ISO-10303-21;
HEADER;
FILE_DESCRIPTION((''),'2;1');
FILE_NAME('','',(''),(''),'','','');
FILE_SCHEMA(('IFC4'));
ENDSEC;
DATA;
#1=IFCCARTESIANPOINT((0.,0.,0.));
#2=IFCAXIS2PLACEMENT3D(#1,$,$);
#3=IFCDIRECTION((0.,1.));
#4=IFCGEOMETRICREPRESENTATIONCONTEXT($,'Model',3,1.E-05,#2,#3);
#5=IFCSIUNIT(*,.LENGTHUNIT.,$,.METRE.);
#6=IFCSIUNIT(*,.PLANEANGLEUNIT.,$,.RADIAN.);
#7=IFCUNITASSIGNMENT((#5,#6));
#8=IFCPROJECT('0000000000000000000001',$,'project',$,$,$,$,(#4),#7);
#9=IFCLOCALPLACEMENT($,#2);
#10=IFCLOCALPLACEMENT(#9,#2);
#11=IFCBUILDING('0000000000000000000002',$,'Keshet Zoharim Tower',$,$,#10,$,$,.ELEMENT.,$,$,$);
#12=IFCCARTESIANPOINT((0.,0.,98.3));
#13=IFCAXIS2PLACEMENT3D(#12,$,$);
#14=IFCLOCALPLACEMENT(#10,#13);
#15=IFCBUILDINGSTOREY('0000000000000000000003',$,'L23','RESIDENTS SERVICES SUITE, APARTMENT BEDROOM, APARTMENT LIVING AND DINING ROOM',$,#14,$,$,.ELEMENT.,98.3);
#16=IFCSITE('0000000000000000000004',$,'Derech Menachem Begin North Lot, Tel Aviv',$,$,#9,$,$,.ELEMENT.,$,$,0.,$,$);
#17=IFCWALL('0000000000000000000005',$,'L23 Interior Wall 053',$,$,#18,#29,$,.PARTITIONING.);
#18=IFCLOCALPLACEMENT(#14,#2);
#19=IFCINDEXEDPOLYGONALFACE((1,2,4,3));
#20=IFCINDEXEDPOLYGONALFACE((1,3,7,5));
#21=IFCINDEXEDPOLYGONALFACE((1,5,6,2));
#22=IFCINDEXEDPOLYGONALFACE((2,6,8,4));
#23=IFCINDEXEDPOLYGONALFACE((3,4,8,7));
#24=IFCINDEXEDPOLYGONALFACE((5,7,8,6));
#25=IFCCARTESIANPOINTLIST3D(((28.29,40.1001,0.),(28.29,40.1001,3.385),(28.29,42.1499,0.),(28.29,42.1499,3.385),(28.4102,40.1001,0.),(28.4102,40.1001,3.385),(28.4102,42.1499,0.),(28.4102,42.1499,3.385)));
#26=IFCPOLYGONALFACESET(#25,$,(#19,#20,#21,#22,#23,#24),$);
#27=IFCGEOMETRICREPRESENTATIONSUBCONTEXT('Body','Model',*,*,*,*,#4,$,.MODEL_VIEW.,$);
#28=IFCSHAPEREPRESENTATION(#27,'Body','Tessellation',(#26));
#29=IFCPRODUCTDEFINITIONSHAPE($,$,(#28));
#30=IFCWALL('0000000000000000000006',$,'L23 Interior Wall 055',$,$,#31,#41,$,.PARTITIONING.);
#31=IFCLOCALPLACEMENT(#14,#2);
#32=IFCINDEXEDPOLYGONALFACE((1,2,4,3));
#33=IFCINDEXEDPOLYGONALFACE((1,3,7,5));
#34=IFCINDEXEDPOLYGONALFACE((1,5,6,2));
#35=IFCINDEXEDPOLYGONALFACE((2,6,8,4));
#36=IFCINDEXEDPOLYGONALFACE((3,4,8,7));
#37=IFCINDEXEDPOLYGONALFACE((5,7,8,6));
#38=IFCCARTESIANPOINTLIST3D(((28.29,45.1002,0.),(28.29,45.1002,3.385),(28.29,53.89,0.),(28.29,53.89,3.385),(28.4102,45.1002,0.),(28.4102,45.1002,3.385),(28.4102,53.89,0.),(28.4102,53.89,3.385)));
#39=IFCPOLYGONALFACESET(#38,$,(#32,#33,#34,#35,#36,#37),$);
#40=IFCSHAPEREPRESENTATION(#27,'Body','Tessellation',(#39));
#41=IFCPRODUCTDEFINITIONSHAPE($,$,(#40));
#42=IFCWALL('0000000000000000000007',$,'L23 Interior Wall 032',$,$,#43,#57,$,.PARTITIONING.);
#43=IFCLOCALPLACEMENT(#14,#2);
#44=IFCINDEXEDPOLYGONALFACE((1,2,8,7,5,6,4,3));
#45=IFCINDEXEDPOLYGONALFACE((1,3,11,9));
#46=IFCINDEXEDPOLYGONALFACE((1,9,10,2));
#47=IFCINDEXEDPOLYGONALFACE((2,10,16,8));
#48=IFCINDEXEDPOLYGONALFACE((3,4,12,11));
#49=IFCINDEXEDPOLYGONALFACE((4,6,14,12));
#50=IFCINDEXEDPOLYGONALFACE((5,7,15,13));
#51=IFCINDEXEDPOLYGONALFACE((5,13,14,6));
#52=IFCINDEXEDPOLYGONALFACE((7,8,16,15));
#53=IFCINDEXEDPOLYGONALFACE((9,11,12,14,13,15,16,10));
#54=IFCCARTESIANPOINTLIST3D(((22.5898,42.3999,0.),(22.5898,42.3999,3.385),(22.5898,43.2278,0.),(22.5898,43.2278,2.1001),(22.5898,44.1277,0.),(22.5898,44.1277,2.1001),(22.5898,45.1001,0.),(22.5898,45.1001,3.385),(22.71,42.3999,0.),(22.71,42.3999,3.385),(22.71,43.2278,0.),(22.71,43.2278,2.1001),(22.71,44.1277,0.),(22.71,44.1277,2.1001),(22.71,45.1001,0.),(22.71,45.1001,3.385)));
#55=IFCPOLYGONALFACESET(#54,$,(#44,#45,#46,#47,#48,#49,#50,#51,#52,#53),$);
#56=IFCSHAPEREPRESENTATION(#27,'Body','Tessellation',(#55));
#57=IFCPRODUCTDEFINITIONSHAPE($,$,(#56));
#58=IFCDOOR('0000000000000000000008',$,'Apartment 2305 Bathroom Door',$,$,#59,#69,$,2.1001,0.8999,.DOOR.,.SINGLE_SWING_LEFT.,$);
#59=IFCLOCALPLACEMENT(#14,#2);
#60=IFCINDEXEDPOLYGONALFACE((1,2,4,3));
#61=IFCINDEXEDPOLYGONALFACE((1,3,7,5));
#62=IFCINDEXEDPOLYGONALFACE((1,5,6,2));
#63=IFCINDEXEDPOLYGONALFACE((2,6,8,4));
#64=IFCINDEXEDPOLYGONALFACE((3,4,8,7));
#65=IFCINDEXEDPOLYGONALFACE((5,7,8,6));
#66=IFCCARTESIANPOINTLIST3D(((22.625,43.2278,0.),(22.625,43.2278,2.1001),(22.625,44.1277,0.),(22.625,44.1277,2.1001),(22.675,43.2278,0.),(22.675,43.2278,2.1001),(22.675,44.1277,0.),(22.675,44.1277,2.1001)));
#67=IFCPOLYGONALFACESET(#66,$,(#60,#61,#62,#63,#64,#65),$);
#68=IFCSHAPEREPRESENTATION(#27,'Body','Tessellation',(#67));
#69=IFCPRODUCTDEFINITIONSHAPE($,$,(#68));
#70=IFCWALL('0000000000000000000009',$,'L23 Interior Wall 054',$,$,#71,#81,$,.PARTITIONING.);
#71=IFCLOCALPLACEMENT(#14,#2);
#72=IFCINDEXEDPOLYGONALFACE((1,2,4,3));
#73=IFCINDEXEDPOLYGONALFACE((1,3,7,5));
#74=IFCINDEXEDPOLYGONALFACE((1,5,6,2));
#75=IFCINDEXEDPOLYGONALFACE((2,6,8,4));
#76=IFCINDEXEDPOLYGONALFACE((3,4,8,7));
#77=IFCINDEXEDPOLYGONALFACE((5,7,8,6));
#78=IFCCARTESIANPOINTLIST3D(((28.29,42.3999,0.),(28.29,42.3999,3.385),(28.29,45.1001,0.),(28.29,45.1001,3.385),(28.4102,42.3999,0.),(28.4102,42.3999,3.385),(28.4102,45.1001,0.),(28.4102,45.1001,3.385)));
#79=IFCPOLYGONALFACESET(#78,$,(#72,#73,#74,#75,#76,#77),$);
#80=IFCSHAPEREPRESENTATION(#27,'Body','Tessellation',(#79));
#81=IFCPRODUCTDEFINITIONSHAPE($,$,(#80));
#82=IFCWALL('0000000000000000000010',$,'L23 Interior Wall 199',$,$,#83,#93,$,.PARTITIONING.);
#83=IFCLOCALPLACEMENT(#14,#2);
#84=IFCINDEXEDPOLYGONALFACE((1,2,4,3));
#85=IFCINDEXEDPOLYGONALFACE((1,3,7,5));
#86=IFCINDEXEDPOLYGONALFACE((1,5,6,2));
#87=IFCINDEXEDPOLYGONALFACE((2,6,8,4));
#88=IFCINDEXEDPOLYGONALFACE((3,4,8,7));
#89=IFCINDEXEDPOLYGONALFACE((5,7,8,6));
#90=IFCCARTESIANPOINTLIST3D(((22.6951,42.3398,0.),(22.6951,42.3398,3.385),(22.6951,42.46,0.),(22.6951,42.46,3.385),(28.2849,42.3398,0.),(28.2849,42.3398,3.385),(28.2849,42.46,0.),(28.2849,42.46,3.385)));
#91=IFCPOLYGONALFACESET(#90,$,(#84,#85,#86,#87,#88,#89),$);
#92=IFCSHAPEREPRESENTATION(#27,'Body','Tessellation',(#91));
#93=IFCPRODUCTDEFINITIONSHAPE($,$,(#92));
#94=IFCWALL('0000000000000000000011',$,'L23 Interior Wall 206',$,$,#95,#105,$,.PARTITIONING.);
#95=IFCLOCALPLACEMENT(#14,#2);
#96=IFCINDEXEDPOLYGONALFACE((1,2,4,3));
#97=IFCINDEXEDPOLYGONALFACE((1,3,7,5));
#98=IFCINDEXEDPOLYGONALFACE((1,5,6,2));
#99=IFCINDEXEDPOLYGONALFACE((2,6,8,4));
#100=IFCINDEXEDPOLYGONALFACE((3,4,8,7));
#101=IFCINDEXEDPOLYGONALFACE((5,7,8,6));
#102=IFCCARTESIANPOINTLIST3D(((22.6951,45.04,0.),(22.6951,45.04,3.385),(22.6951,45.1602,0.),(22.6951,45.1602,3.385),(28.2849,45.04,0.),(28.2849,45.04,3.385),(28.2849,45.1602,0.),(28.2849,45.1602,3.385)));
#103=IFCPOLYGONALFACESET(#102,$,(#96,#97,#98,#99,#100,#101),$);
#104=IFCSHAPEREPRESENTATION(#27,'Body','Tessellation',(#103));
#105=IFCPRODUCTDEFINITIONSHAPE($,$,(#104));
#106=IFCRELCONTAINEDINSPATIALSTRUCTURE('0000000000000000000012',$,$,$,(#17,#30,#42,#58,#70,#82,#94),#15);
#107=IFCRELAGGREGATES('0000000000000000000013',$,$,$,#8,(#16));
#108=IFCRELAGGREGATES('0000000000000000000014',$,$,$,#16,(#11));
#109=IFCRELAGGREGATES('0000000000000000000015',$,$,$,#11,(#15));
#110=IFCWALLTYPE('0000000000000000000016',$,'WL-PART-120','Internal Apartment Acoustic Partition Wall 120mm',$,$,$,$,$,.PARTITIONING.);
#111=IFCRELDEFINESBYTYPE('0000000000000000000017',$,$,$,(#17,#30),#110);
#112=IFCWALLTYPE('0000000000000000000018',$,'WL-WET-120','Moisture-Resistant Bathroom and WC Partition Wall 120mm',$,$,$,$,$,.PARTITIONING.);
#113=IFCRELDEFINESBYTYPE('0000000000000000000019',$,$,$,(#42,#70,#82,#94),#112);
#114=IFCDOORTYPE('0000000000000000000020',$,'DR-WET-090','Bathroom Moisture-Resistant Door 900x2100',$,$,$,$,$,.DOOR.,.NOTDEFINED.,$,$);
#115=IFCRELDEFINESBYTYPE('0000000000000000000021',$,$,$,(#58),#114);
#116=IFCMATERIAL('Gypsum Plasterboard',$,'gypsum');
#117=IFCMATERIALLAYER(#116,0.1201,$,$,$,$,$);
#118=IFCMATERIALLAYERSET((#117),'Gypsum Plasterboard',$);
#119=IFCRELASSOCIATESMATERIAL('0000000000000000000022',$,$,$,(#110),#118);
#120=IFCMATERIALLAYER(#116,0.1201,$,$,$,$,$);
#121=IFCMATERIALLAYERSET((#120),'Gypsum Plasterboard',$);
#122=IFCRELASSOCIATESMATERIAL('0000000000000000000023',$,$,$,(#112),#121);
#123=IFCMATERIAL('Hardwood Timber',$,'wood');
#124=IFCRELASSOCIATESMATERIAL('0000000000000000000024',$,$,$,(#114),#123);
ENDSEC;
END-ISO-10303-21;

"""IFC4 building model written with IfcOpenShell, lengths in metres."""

from ifc_helpers import new_model, si_unit, direction, frame, frame_2d, origin, place, context, subcontext, project, spatial, rectangle, extrude, material, layer, layer_set, type_object, element, fill, save


model = new_model("IFC4")

# Units and contexts
model_context = context("Model", 3, precision=1e-05, world=origin(), true_north=direction((0.0, 1.0)))
body_context = subcontext(model_context, "Body", "Model", "MODEL_VIEW")
ifc_project = project(units=[si_unit("LENGTHUNIT", "METRE"), si_unit("PLANEANGLEUNIT", "RADIAN")], contexts=[model_context])

# Site, building, storey
site_placement = place(None, origin())
site = spatial("IfcSite", under=ifc_project, at=site_placement, Name="Derech Menachem Begin North Lot, Tel Aviv", CompositionType="ELEMENT", RefElevation=0.0)
building_placement = place(site_placement, origin())
building = spatial("IfcBuilding", under=site, at=building_placement, Name="Keshet Zoharim Tower", CompositionType="ELEMENT")
storey_placement = place(building_placement, frame((0.0, 0.0, 98.3)))
storey = spatial("IfcBuildingStorey", under=building, at=storey_placement, Name="L23", Description="RESIDENTS SERVICES SUITE, APARTMENT BEDROOM, APARTMENT LIVING AND DINING ROOM", CompositionType="ELEMENT", Elevation=98.3)

# Shared definitions
ifc_material_1 = material(Name="Gypsum Plasterboard", Category="gypsum")
ifc_material_2 = material(Name="Hardwood Timber", Category="wood")

# Shared definitions
ifc_layer_1 = layer(ifc_material_1, 0.1201)
ifc_layer_set_1 = layer_set([ifc_layer_1], Name="Gypsum Plasterboard")
wall_type_1 = type_object("IfcWallType", Name="WL-PART-120", Description="Internal Apartment Acoustic Partition Wall 120mm", PredefinedType="PARTITIONING", material=ifc_layer_set_1)

# Walls
wall_1_placement = place(storey_placement, frame((28.3501, 40.1001, 0.0), z_axis=(0.0, 0.0, 1.0), x_axis=(0.0, 1.0, 0.0)))
element("IfcWall", 1, at=wall_1_placement, inside=storey, type_object=wall_type_1, Name="L23 Interior Wall 053", PredefinedType="PARTITIONING", context=body_context, shape_type="SweptSolid", body=[
    extrude(rectangle(XDim=2.0498, YDim=0.1201, at=frame_2d((1.0249, 0.0))), origin(), (0.0, 0.0, 1.0), 3.385),
])
wall_2_placement = place(storey_placement, frame((28.3501, 45.1001, 0.0), z_axis=(0.0, 0.0, 1.0), x_axis=(0.0, 1.0, 0.0)))
element("IfcWall", 2, at=wall_2_placement, inside=storey, type_object=wall_type_1, Name="L23 Interior Wall 055", PredefinedType="PARTITIONING", context=body_context, shape_type="SweptSolid", body=[
    extrude(rectangle(XDim=8.7898, YDim=0.1201, at=frame_2d((4.395, 0.0))), origin(), (0.0, 0.0, 1.0), 3.385),
])

# Wall, opening, door
ifc_layer_2 = layer(ifc_material_1, 0.1201)
ifc_layer_set_2 = layer_set([ifc_layer_2], Name="Gypsum Plasterboard")
wall_type_2 = type_object("IfcWallType", Name="WL-WET-120", Description="Moisture-Resistant Bathroom and WC Partition Wall 120mm", PredefinedType="PARTITIONING", material=ifc_layer_set_2)
wall_3_placement = place(storey_placement, frame((22.6499, 42.3999, 0.0), z_axis=(0.0, 0.0, 1.0), x_axis=(0.0, 1.0, 0.0)))
wall_3 = element("IfcWall", 3, at=wall_3_placement, inside=storey, type_object=wall_type_2, Name="L23 Interior Wall 032", PredefinedType="PARTITIONING", context=body_context, shape_type="SweptSolid", body=[
    extrude(rectangle(XDim=2.7002, YDim=0.1201, at=frame_2d((1.3501, 0.0))), origin(), (0.0, 0.0, 1.0), 3.385),
])
opening_1_placement = place(wall_3_placement, frame((0.8279, 0.0, 0.0)))
opening_1 = element("IfcOpeningElement", 4, at=opening_1_placement, cuts=wall_3, PredefinedType="OPENING", context=body_context, shape_type="SweptSolid", body=[
    extrude(rectangle(XDim=0.8999, YDim=2.1001, at=frame_2d((0.45, 1.05))), frame((0.0, 0.0701, 0.0), z_axis=(0.0, -1.0, 0.0), x_axis=(1.0, 0.0, 0.0)), (0.0, 0.0, 1.0), 0.1401),
])
door_type_1 = type_object("IfcDoorType", Name="DR-WET-090", Description="Bathroom Moisture-Resistant Door 900x2100", OperationType="NOTDEFINED", PredefinedType="DOOR", material=ifc_material_2)
door_1_placement = place(opening_1_placement, origin())
door_1 = element("IfcDoor", 5, at=door_1_placement, inside=storey, type_object=door_type_1, Name="Apartment 2305 Bathroom Door", OperationType="SINGLE_SWING_LEFT", OverallHeight=2.1001, OverallWidth=0.8999, PredefinedType="DOOR", context=body_context, shape_type="SweptSolid", body=[
    extrude(rectangle(XDim=0.8999, YDim=2.1001, at=frame_2d((0.45, 1.05))), frame((0.0, 0.0249, 0.0), z_axis=(0.0, -1.0, 0.0), x_axis=(1.0, 0.0, 0.0)), (0.0, 0.0, 1.0), 0.05),
])
fill(opening_1, door_1)

# Walls
wall_4_placement = place(storey_placement, frame((28.3501, 42.3999, 0.0), z_axis=(0.0, 0.0, 1.0), x_axis=(0.0, 1.0, 0.0)))
element("IfcWall", 6, at=wall_4_placement, inside=storey, type_object=wall_type_2, Name="L23 Interior Wall 054", PredefinedType="PARTITIONING", context=body_context, shape_type="SweptSolid", body=[
    extrude(rectangle(XDim=2.7002, YDim=0.1201, at=frame_2d((1.3501, 0.0))), origin(), (0.0, 0.0, 1.0), 3.385),
])
for number, where, z_axis, x_axis, name in (
    (7, (22.6951, 42.3999, 0.0), (0.0, 0.0, 1.0), (1.0, 0.0, 0.0), "L23 Interior Wall 199"),
    (8, (22.6951, 45.1001, 0.0), (0.0, 0.0, 1.0), (1.0, 0.0, 0.0), "L23 Interior Wall 206"),
):
    element("IfcWall", number, at=place(storey_placement, frame(where, z_axis=z_axis, x_axis=x_axis)), inside=storey, type_object=wall_type_2, Name=name, PredefinedType="PARTITIONING", context=body_context, shape_type="SweptSolid", body=[
        extrude(rectangle(XDim=5.5898, YDim=0.1201, at=frame_2d((2.7949, 0.0))), origin(), (0.0, 0.0, 1.0), 3.385),
    ])

save(model, "model.ifc")
